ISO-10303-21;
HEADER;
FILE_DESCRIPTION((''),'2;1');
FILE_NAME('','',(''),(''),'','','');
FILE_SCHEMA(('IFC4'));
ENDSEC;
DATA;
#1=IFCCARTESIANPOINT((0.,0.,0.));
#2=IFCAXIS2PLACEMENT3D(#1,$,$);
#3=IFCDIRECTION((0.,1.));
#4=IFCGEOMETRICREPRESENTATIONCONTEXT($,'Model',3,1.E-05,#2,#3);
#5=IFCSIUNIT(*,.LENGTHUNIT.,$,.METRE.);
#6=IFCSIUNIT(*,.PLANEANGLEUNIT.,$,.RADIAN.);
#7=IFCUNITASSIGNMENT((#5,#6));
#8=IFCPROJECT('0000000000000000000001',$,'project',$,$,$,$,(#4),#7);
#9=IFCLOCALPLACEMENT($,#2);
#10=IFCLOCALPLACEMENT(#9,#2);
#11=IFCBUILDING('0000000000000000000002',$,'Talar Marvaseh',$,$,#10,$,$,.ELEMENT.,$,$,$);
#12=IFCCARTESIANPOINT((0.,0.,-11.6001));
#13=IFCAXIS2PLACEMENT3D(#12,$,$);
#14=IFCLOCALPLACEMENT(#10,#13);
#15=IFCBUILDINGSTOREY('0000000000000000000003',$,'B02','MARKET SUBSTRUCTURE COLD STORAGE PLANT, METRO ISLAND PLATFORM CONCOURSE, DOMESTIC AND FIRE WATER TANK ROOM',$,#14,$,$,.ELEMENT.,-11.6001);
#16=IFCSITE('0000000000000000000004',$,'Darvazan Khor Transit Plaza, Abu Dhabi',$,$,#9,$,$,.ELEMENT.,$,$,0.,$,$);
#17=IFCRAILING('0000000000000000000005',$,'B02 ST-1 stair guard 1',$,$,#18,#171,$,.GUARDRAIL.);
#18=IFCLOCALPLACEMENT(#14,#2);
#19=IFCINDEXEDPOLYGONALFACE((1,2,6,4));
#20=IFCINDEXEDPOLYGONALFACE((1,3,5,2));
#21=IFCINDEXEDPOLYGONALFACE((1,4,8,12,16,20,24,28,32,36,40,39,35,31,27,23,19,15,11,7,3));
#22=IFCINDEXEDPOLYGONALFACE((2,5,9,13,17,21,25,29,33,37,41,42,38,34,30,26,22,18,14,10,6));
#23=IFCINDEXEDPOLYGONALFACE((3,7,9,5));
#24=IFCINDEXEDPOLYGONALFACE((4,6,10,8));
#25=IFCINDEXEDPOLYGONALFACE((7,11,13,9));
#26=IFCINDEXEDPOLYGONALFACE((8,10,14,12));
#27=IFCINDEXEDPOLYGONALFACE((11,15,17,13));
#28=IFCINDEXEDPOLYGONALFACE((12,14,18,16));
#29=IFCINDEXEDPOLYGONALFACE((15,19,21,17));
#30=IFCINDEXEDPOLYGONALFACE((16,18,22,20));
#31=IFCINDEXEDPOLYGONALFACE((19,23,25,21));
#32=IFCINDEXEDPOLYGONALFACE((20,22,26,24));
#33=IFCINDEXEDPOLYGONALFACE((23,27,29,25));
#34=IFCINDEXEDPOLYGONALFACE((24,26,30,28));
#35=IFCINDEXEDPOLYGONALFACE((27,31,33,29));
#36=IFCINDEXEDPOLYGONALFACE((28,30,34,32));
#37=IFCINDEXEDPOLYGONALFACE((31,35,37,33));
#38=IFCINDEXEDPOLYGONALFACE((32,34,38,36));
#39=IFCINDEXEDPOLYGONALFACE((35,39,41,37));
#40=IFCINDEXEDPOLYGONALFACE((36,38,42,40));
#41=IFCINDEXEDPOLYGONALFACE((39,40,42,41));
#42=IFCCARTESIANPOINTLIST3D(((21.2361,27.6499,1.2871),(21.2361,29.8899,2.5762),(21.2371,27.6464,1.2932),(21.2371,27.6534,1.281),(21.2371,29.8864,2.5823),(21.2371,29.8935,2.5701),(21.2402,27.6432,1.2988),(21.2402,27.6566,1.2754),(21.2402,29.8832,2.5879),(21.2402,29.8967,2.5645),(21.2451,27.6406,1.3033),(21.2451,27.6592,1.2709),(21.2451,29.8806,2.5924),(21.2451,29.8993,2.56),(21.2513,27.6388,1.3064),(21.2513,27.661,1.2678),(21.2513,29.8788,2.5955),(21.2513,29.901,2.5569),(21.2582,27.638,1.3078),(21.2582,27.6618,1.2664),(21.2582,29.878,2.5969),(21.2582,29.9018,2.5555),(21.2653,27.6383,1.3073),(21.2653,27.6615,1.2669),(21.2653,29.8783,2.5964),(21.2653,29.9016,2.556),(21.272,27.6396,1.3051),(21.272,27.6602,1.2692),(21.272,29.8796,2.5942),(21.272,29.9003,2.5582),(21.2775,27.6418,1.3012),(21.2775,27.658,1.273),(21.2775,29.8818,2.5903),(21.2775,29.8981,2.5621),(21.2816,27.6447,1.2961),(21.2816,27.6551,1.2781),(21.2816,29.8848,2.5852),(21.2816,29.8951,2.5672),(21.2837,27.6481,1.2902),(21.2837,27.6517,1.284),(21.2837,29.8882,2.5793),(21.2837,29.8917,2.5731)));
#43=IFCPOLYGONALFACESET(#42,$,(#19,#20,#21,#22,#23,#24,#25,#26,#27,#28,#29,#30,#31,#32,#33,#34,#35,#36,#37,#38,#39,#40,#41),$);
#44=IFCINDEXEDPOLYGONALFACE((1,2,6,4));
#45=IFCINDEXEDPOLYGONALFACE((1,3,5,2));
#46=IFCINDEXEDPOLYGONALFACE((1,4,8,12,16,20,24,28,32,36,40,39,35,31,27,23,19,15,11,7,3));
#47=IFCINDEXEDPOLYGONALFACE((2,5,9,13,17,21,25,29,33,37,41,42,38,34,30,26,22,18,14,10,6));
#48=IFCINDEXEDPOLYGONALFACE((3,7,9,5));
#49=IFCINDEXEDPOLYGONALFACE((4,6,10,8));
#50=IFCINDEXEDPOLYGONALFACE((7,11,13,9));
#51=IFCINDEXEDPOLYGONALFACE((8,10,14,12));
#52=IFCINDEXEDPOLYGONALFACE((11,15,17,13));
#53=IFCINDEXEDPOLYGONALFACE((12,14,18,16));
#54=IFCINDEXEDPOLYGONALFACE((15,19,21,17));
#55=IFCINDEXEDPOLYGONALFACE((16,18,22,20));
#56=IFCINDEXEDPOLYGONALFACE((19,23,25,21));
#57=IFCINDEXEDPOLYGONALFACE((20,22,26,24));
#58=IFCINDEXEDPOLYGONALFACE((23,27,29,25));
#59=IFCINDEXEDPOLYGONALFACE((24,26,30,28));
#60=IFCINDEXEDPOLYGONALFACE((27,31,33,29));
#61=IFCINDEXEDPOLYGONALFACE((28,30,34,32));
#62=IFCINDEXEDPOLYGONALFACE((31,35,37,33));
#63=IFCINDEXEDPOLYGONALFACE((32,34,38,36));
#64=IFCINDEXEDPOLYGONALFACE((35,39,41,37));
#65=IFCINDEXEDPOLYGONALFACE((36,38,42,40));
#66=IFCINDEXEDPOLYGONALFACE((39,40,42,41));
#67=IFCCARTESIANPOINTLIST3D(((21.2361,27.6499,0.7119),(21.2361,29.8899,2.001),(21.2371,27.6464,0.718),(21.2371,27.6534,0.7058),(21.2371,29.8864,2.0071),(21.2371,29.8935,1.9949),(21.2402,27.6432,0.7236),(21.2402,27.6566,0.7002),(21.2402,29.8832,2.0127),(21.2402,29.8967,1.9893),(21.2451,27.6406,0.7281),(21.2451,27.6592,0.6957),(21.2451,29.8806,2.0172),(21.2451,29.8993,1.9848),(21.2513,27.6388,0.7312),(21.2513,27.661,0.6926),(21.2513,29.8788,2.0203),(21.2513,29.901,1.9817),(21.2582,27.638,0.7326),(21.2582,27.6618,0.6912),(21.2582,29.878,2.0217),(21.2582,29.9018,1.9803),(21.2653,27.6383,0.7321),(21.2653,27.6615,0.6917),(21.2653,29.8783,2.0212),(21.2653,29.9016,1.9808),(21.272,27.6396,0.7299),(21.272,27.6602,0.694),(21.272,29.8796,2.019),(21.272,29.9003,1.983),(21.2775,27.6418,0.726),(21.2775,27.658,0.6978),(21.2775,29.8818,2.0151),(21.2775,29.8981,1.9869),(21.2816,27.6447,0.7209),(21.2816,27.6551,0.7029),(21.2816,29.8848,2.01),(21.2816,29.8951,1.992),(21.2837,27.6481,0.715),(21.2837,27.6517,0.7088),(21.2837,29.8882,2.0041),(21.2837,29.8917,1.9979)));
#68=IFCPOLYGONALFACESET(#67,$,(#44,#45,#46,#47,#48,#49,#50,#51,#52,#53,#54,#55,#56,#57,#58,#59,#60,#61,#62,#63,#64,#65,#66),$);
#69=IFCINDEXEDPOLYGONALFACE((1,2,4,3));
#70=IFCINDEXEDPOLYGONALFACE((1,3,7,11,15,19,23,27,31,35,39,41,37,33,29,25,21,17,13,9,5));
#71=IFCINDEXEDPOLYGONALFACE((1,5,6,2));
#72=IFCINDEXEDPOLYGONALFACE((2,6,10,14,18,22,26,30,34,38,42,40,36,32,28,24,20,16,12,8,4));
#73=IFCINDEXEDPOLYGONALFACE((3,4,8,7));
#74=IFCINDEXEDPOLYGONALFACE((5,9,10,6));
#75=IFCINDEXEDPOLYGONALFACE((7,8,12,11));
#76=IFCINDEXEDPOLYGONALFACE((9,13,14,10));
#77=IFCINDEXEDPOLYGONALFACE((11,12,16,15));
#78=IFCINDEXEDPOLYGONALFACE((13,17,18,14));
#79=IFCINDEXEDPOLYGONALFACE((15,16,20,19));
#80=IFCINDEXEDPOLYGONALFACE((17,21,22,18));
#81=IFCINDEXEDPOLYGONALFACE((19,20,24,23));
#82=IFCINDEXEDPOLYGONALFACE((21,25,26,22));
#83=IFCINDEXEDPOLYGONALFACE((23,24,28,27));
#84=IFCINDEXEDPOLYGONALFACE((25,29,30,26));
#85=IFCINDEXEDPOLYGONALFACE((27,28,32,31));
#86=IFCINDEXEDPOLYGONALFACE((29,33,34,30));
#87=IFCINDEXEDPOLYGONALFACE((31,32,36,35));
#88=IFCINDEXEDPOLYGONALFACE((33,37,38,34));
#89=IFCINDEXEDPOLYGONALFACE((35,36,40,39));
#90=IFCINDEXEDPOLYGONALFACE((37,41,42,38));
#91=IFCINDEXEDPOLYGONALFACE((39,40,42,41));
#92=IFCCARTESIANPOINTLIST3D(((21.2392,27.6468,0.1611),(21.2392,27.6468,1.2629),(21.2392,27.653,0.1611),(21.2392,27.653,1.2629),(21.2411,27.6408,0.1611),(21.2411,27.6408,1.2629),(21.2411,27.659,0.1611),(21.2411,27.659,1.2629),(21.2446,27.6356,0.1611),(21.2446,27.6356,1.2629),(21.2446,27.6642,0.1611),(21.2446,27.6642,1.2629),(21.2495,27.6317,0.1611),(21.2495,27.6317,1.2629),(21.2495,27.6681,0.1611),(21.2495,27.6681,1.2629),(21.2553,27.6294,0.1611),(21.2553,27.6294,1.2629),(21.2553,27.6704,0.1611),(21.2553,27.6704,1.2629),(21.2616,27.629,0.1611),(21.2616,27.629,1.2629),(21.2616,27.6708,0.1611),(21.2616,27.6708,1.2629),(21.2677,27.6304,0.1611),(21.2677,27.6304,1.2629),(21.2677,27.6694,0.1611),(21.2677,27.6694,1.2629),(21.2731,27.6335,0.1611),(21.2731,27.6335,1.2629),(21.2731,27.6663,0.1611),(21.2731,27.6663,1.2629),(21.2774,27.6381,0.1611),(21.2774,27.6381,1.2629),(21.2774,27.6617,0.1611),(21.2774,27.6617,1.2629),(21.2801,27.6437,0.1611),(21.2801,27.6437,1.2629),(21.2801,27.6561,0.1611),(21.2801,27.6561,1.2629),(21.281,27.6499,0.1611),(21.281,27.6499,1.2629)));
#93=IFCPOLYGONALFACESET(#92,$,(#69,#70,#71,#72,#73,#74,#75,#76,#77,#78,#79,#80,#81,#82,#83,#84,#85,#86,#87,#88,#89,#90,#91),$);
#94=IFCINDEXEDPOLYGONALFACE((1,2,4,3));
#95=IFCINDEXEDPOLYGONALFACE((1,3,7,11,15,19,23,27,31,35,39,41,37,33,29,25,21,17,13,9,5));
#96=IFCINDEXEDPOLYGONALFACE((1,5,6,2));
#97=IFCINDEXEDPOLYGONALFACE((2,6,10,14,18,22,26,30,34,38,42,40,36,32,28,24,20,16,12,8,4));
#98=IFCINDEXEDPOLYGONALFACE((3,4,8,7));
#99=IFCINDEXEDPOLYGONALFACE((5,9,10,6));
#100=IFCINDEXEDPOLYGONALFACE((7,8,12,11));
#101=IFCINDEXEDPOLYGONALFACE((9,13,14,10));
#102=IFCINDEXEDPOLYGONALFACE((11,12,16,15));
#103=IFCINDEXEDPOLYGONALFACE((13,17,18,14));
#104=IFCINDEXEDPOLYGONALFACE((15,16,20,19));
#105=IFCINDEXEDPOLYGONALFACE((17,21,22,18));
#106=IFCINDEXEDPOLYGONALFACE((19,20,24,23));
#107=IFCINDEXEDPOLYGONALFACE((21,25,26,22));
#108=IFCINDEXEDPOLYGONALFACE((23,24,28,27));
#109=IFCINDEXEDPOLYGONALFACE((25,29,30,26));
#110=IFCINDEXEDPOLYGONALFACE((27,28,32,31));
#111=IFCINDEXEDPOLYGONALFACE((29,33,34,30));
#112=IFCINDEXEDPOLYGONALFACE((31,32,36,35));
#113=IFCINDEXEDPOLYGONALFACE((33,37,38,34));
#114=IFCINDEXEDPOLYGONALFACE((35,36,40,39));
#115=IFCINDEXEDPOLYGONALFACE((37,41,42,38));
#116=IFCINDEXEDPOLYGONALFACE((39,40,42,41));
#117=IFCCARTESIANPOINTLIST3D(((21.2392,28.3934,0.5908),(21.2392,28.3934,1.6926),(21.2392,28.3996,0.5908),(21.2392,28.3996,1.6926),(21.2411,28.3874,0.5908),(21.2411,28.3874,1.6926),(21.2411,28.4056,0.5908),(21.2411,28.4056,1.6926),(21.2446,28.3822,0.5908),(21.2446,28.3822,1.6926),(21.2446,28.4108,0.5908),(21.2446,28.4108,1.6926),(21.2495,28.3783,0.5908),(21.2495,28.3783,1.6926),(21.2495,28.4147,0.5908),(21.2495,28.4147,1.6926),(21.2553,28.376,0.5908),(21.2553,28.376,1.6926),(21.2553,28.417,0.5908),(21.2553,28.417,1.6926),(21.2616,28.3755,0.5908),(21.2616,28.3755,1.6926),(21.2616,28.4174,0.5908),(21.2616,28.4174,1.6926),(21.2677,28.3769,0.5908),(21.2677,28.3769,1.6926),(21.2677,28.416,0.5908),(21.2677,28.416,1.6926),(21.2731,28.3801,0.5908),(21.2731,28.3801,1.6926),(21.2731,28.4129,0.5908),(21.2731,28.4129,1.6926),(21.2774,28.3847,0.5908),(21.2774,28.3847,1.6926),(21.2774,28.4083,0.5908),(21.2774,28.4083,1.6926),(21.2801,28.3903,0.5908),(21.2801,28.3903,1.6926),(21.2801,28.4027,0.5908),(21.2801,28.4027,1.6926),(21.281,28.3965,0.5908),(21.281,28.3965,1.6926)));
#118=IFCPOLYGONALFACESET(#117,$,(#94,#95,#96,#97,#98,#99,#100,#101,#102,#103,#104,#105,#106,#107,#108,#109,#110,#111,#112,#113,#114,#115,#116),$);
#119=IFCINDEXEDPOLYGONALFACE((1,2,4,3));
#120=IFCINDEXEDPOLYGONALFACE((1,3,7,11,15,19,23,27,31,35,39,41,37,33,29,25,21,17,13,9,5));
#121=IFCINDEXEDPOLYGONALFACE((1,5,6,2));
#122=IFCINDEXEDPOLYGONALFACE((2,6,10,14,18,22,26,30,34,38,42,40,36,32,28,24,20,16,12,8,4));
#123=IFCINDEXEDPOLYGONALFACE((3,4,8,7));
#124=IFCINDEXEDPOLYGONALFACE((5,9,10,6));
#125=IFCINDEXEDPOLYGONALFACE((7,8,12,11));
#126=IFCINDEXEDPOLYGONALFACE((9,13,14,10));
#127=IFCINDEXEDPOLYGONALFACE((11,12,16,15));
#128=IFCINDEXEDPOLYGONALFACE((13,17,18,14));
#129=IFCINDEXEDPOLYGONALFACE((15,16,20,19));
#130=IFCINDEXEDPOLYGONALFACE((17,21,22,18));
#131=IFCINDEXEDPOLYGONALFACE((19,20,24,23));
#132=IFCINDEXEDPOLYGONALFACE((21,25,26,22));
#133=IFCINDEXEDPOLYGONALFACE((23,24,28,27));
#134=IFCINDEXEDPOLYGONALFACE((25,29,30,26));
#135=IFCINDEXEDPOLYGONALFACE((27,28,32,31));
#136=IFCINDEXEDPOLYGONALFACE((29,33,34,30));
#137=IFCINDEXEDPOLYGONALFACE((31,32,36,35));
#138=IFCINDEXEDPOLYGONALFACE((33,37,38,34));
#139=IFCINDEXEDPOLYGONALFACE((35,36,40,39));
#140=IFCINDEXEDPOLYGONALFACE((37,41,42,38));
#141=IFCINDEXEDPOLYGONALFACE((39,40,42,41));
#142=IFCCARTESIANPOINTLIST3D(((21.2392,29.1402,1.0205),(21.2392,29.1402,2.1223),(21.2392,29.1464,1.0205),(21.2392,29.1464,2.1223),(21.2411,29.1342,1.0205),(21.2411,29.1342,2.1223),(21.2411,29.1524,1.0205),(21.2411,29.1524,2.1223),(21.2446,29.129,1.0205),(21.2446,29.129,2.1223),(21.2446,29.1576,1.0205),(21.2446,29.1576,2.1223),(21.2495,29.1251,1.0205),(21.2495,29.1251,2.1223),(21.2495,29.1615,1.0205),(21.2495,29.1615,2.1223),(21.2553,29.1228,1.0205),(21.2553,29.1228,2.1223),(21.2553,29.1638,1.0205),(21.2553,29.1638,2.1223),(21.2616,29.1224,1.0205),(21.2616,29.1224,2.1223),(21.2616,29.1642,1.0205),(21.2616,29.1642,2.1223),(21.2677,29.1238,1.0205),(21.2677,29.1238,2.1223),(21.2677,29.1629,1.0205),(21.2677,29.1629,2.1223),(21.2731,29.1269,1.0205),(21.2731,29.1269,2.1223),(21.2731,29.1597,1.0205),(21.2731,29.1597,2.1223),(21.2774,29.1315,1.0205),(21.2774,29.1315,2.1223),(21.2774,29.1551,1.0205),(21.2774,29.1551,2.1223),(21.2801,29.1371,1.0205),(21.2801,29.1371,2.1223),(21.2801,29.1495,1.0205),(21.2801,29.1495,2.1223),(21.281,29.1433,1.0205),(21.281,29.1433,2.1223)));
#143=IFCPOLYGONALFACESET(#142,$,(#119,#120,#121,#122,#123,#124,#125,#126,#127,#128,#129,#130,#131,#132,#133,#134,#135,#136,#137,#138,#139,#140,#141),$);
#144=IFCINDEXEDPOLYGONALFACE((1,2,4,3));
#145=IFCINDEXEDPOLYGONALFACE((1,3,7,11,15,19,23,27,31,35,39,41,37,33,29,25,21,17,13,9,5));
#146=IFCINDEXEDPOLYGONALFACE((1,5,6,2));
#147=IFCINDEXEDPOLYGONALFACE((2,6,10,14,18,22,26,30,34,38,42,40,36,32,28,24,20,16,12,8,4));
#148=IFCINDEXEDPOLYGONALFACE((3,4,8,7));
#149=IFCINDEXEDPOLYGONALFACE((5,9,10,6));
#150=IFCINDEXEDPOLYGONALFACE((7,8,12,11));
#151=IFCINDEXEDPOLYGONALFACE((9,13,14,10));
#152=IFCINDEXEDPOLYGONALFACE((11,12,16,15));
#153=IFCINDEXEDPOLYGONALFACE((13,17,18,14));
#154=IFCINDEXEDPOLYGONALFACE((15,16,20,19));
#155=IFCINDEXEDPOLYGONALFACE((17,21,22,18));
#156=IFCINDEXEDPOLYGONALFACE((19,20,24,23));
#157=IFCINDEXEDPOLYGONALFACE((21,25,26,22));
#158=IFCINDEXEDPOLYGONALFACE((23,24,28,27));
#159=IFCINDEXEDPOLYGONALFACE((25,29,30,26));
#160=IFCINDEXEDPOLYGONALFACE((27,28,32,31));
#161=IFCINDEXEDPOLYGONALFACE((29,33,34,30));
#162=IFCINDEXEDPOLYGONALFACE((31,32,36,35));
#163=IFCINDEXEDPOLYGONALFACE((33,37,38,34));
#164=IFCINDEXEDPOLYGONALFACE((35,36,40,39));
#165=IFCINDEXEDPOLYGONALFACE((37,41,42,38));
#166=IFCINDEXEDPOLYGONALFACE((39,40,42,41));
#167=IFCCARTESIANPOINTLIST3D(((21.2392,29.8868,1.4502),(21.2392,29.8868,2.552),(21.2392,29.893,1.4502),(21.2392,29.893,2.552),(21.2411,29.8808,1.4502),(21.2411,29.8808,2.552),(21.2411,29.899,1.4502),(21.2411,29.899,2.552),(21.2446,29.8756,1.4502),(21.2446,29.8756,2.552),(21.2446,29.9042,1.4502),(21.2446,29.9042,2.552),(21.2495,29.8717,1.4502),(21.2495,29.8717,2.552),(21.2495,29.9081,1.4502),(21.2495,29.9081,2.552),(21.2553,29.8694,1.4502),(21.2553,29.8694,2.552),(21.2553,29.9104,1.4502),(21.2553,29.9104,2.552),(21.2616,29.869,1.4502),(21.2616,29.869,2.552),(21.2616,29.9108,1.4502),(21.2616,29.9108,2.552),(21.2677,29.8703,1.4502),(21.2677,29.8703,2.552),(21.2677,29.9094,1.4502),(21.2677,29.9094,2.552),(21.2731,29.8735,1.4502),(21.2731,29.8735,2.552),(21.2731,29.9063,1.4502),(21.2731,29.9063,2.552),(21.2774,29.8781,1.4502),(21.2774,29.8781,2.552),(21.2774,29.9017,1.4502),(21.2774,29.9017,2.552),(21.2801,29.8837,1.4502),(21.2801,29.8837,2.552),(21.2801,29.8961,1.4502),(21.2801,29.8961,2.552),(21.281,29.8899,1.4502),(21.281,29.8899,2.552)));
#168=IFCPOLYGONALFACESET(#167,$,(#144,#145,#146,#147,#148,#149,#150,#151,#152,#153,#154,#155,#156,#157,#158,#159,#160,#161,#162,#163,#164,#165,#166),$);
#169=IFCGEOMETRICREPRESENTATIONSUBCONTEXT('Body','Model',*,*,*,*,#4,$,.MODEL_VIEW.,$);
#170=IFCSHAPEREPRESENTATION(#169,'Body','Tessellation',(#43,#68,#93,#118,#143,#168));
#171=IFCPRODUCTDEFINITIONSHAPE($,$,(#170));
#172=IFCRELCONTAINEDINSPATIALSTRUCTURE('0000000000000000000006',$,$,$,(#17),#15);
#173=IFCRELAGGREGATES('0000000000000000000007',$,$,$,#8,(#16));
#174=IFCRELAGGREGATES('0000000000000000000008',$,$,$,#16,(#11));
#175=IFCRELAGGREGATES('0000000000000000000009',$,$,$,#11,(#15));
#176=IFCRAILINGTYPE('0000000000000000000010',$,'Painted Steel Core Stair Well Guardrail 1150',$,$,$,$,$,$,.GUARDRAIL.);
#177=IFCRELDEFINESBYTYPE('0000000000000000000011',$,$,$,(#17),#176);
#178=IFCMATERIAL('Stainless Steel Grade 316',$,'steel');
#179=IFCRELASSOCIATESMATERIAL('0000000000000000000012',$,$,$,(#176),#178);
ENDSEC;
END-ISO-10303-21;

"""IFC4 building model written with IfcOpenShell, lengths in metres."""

from ifc_helpers import new_model, si_unit, direction, frame, origin, origin_2d, place, context, subcontext, project, spatial, circle, extrude, material, type_object, element, save


model = new_model("IFC4")

# Units and contexts
model_context = context("Model", 3, precision=1e-05, world=origin(), true_north=direction((0.0, 1.0)))
body_context = subcontext(model_context, "Body", "Model", "MODEL_VIEW")
ifc_project = project(units=[si_unit("LENGTHUNIT", "METRE"), si_unit("PLANEANGLEUNIT", "RADIAN")], contexts=[model_context])

# Site, building, storey
site_placement = place(None, origin())
site = spatial("IfcSite", under=ifc_project, at=site_placement, Name="Darvazan Khor Transit Plaza, Abu Dhabi", CompositionType="ELEMENT", RefElevation=0.0)
building_placement = place(site_placement, origin())
building = spatial("IfcBuilding", under=site, at=building_placement, Name="Talar Marvaseh", CompositionType="ELEMENT")
storey_placement = place(building_placement, frame((0.0, 0.0, -11.6001)))
storey = spatial("IfcBuildingStorey", under=building, at=storey_placement, Name="B02", Description="MARKET SUBSTRUCTURE COLD STORAGE PLANT, METRO ISLAND PLATFORM CONCOURSE, DOMESTIC AND FIRE WATER TANK ROOM", CompositionType="ELEMENT", Elevation=-11.6001)

# Railing
ifc_material_1 = material(Name="Stainless Steel Grade 316", Category="steel")
railing_type_1 = type_object("IfcRailingType", Name="Painted Steel Core Stair Well Guardrail 1150", PredefinedType="GUARDRAIL", material=ifc_material_1)
railing_1_placement = place(storey_placement, frame((21.26, 27.6499, 0.1611)))
element("IfcRailing", 1, at=railing_1_placement, inside=storey, type_object=railing_type_1, Name="B02 ST-1 stair guard 1", PredefinedType="GUARDRAIL", context=body_context, shape_type="SweptSolid", body=[
    extrude(circle(Radius=0.0239, at=origin_2d()), frame((0.0, 0.0, 1.126), z_axis=(0.0, 0.866728, 0.498782), x_axis=(-1.0, 0.0, 0.0)), (0.0, 0.0, 1.0), 2.5845),
    extrude(circle(Radius=0.0239, at=origin_2d()), frame((0.0, 0.0, 0.5508), z_axis=(0.0, 0.866728, 0.498782), x_axis=(-1.0, 0.0, 0.0)), (0.0, 0.0, 1.0), 2.5845),
    extrude(circle(Radius=0.021, at=origin_2d()), origin(), (0.0, 0.0, 1.0), 1.1018),
    extrude(circle(Radius=0.021, at=origin_2d()), frame((0.0, 0.7466, 0.4297)), (0.0, 0.0, 1.0), 1.1018),
    extrude(circle(Radius=0.021, at=origin_2d()), frame((0.0, 1.4934, 0.8594)), (0.0, 0.0, 1.0), 1.1018),
    extrude(circle(Radius=0.021, at=origin_2d()), frame((0.0, 2.24, 1.2891)), (0.0, 0.0, 1.0), 1.1018),
])

save(model, "model.ifc")
